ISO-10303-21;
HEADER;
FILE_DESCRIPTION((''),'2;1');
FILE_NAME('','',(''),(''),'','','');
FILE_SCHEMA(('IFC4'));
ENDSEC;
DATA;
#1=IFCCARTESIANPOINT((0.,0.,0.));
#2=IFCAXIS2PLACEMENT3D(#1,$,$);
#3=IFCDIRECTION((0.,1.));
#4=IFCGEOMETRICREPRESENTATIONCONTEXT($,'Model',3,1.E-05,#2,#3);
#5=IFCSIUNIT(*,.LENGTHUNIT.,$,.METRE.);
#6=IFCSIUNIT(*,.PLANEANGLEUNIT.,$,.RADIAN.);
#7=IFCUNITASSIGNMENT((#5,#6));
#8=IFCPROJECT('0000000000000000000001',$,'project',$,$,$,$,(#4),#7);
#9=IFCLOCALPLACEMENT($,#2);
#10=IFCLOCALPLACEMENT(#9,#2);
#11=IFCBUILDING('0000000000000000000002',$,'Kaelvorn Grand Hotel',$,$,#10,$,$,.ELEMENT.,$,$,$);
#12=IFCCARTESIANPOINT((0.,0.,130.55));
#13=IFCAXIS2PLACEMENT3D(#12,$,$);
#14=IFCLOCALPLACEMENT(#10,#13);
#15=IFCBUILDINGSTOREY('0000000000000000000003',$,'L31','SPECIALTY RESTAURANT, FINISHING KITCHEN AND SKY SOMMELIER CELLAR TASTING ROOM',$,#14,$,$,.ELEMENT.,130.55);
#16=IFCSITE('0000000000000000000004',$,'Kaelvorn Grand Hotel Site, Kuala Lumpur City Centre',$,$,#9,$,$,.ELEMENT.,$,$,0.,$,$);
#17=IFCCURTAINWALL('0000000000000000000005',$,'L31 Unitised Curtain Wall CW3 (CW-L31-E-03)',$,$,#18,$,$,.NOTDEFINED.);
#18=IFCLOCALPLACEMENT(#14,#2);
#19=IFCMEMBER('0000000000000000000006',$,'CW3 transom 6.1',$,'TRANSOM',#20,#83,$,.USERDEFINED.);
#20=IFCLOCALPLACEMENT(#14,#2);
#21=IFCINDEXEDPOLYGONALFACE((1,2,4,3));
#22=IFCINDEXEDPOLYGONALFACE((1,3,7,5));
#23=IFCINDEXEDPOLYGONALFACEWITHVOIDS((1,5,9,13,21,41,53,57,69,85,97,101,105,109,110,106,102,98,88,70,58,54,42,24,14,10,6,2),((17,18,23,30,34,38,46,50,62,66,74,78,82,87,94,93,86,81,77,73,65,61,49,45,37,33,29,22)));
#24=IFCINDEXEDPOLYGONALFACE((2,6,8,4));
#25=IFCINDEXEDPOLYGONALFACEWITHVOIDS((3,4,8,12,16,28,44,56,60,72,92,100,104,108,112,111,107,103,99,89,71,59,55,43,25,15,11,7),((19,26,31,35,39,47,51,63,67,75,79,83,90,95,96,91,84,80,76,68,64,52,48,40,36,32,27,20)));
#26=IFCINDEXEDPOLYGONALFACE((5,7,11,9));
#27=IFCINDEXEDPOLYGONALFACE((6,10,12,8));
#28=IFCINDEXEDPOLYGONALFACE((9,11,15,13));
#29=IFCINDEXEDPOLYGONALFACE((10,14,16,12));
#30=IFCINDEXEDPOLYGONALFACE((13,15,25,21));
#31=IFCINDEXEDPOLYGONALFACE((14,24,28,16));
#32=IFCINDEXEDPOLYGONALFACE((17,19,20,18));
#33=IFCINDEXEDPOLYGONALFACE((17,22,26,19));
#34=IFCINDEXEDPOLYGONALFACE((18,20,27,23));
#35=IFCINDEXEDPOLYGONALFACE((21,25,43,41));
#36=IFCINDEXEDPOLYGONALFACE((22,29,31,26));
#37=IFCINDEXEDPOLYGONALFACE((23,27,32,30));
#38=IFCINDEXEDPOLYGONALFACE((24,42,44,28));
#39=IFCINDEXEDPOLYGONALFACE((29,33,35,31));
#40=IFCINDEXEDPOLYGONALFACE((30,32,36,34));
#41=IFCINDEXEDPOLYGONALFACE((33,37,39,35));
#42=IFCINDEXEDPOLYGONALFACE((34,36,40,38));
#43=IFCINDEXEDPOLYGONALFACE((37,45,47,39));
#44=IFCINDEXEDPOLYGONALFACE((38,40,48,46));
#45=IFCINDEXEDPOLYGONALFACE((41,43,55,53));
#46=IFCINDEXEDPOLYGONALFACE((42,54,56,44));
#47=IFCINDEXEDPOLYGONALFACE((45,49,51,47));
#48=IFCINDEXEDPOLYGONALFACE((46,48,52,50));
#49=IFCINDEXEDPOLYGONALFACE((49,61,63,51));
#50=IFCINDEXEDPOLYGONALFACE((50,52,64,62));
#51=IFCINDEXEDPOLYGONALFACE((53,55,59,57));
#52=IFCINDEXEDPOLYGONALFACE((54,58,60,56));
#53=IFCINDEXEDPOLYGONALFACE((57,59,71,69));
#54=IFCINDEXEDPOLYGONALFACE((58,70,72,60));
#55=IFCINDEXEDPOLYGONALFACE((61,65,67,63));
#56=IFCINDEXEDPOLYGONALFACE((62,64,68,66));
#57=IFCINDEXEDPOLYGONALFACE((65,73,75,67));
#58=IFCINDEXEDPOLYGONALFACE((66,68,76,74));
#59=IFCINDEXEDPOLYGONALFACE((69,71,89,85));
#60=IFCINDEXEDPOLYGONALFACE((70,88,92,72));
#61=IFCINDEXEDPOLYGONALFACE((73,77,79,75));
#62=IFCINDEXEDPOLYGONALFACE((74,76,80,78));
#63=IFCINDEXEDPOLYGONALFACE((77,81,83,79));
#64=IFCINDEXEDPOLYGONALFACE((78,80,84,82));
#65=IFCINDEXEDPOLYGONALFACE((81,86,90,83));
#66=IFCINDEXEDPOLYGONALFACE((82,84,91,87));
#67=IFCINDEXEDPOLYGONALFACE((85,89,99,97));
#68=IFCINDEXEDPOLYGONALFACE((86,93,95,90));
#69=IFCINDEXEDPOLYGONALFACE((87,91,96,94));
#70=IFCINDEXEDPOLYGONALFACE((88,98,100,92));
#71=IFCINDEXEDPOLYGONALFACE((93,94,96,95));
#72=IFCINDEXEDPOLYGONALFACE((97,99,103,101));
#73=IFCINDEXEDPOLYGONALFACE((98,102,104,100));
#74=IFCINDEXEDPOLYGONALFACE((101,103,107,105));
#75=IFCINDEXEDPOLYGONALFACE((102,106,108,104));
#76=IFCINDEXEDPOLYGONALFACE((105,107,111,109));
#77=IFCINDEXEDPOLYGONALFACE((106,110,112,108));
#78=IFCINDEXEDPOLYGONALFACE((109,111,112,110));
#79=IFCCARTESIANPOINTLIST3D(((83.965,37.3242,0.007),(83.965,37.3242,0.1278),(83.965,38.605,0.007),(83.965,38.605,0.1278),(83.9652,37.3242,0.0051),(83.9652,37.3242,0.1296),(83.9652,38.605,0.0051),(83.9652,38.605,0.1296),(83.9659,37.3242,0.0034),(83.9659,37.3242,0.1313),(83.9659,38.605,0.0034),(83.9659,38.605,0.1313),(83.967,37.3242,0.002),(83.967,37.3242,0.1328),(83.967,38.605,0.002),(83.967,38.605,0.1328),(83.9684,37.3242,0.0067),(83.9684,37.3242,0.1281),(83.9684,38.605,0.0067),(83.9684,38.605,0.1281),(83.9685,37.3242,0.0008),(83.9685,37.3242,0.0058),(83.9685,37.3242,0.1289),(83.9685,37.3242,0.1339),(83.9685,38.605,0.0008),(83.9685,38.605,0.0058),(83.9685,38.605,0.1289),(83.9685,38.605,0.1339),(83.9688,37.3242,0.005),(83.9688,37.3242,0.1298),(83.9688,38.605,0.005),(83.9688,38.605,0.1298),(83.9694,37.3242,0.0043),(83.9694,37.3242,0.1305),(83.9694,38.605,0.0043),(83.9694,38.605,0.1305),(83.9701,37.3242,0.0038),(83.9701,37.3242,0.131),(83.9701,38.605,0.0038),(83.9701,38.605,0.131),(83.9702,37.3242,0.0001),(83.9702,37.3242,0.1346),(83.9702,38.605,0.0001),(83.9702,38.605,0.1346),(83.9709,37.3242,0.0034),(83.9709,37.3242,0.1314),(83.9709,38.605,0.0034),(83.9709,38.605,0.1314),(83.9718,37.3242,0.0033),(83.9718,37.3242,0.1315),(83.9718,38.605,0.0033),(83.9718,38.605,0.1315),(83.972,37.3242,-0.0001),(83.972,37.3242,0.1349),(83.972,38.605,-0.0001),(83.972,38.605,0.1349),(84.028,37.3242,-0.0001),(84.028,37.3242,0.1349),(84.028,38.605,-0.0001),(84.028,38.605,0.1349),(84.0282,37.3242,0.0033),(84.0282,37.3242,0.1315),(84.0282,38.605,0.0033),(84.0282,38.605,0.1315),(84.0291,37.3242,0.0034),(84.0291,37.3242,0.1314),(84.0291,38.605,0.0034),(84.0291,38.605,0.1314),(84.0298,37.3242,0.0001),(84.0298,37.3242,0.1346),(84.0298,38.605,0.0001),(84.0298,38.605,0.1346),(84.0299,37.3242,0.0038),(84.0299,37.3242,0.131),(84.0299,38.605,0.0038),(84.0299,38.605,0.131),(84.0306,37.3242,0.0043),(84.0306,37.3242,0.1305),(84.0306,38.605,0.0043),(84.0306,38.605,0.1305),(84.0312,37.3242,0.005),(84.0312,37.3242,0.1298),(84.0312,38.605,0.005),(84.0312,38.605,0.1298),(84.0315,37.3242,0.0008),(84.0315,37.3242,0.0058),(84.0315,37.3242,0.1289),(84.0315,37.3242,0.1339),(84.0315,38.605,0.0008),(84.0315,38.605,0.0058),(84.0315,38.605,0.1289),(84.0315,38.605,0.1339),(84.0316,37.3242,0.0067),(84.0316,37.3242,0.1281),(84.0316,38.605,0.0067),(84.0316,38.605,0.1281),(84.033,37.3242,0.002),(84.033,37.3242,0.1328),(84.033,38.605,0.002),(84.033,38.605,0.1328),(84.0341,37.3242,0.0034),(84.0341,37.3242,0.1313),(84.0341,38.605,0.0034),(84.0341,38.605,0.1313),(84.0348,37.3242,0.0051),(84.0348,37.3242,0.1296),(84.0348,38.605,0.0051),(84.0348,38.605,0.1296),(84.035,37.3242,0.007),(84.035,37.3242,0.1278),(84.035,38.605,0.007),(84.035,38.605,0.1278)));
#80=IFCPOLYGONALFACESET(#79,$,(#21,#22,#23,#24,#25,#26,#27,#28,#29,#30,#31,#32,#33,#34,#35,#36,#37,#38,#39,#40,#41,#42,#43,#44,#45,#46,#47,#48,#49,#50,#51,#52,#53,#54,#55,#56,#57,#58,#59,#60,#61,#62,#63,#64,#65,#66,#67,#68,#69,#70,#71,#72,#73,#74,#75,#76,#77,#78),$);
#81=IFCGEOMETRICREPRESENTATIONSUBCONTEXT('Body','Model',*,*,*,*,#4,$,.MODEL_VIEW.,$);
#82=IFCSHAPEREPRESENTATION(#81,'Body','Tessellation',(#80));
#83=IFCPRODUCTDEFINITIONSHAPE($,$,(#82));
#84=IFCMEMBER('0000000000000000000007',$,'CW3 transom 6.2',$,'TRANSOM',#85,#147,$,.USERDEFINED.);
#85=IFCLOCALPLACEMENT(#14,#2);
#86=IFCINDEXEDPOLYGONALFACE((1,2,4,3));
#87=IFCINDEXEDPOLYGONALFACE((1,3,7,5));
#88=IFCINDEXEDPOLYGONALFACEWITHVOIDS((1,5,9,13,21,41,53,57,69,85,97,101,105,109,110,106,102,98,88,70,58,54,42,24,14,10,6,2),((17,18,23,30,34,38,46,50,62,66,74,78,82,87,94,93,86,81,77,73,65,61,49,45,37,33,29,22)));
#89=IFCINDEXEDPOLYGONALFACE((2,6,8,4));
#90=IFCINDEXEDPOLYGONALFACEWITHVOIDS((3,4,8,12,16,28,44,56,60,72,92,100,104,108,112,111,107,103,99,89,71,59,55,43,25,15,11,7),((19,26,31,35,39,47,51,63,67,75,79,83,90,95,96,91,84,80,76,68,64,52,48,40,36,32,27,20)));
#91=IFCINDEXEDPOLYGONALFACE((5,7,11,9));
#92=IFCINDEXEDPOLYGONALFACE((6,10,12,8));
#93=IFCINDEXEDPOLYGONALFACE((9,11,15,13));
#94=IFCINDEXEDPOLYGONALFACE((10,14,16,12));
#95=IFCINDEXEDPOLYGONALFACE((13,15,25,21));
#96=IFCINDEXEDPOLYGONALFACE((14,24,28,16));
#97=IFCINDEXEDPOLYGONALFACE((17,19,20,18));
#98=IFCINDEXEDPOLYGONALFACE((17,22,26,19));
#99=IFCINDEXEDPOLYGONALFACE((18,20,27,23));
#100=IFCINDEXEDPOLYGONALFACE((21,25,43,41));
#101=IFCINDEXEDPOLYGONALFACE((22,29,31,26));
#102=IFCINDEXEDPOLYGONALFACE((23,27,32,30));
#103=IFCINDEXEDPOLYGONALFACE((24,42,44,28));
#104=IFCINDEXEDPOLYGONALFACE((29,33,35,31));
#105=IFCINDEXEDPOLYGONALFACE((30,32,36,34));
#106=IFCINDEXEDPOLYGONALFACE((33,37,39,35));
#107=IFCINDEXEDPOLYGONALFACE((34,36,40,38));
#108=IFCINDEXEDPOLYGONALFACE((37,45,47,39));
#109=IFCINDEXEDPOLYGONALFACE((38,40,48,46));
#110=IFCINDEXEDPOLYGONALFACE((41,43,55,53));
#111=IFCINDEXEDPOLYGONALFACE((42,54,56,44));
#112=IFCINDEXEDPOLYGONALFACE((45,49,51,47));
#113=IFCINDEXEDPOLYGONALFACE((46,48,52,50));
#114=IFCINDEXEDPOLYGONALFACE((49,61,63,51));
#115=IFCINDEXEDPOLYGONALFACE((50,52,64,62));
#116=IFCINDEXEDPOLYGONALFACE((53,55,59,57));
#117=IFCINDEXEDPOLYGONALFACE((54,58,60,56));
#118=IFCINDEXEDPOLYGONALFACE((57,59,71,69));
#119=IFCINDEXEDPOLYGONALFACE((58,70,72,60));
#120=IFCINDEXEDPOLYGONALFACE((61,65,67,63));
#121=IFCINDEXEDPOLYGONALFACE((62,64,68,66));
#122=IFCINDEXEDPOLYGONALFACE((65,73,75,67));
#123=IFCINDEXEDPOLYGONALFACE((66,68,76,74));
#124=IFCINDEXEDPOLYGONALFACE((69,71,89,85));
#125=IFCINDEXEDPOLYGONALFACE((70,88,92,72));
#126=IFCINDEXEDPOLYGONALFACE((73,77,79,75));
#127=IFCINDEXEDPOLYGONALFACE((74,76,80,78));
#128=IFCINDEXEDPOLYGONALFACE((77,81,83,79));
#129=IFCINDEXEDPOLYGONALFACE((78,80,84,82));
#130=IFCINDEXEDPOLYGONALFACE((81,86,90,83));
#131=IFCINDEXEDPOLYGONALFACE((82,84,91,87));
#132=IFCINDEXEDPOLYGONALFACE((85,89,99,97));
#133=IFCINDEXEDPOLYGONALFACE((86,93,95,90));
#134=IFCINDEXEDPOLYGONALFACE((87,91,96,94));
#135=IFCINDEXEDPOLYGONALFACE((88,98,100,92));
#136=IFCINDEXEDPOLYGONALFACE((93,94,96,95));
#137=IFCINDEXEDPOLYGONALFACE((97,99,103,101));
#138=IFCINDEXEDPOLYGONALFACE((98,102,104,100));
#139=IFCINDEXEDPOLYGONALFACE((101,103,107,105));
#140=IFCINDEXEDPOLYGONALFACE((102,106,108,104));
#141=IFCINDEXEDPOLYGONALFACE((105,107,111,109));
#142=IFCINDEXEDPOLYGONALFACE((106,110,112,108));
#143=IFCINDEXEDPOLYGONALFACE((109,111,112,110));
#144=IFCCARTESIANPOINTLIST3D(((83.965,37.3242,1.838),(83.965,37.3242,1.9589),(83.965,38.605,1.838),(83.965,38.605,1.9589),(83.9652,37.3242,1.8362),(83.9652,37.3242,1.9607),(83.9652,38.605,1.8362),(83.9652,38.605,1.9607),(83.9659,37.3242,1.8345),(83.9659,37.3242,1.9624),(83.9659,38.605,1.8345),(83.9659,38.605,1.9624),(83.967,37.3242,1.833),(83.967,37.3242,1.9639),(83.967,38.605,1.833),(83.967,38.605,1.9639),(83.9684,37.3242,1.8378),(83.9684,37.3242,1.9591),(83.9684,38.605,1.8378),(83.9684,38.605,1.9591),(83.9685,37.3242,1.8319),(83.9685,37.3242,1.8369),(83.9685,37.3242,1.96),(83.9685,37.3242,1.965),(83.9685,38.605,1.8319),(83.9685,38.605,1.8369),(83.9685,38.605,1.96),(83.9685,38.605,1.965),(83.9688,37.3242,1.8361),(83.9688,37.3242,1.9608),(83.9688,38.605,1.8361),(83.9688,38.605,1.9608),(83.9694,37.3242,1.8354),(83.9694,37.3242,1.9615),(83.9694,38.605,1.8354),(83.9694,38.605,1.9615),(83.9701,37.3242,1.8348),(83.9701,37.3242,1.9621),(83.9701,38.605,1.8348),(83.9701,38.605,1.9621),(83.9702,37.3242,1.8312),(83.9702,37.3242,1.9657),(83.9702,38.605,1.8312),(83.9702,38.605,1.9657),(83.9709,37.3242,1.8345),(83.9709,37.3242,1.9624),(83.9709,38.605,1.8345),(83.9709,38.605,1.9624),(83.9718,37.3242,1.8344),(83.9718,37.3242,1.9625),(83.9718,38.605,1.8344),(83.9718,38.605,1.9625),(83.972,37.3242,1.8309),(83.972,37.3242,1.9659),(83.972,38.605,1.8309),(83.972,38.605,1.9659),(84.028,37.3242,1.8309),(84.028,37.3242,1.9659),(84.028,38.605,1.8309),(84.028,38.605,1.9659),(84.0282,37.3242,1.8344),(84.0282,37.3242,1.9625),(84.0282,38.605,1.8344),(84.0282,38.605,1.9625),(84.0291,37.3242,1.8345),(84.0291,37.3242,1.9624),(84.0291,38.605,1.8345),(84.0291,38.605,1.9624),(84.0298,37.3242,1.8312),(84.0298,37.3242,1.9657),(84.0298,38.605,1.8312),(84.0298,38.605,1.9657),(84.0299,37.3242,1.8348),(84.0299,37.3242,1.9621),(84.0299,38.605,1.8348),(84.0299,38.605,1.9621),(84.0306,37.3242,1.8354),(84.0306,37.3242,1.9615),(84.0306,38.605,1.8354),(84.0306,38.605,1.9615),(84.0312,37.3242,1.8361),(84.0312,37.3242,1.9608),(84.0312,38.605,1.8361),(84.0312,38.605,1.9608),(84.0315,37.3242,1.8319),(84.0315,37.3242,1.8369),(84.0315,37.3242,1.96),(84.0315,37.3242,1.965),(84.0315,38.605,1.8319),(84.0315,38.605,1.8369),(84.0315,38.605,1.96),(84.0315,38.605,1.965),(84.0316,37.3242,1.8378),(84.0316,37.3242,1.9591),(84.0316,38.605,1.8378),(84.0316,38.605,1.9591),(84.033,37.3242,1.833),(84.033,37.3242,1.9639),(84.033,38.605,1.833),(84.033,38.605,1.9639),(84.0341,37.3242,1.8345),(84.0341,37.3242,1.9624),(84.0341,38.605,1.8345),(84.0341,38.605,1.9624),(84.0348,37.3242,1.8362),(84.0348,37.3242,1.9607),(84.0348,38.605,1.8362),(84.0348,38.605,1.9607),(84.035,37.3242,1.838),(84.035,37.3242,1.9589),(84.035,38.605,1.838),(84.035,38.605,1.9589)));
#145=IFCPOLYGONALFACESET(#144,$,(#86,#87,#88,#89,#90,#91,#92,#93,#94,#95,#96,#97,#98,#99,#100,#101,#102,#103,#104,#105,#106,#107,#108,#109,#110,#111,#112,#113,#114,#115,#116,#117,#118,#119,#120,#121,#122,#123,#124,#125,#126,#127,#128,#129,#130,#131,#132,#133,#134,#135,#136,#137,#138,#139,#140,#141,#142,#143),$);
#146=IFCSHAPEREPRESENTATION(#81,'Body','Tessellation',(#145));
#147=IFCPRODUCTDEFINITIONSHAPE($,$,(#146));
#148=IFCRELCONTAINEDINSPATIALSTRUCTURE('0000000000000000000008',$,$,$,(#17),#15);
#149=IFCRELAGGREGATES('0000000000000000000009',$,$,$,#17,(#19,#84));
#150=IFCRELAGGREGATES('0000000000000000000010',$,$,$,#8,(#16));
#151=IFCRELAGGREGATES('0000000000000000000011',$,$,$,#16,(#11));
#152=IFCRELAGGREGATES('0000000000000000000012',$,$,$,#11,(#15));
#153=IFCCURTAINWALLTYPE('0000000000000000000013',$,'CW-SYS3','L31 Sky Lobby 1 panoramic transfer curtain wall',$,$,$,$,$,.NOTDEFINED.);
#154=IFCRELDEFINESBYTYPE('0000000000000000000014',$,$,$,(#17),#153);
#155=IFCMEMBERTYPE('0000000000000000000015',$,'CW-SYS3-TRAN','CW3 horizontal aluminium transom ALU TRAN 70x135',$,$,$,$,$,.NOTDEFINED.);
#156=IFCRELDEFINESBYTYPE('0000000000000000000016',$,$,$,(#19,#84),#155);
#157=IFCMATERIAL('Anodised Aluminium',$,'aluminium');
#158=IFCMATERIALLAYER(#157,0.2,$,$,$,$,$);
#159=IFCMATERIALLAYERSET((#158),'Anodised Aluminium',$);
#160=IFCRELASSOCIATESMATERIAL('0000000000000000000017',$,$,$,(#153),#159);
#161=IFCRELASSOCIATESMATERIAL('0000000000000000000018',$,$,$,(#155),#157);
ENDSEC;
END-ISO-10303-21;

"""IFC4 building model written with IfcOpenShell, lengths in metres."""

from ifc_helpers import new_model, si_unit, direction, frame, origin, origin_2d, place, context, subcontext, project, spatial, hollow_rectangle, extrude, material, layer, layer_set, material_profile, profile_set, type_object, element, aggregate, save


model = new_model("IFC4")

# Units and contexts
model_context = context("Model", 3, precision=1e-05, world=origin(), true_north=direction((0.0, 1.0)))
body_context = subcontext(model_context, "Body", "Model", "MODEL_VIEW")
ifc_project = project(units=[si_unit("LENGTHUNIT", "METRE"), si_unit("PLANEANGLEUNIT", "RADIAN")], contexts=[model_context])

# Site, building, storey
site_placement = place(None, origin())
site = spatial("IfcSite", under=ifc_project, at=site_placement, Name="Kaelvorn Grand Hotel Site, Kuala Lumpur City Centre", CompositionType="ELEMENT", RefElevation=0.0)
building_placement = place(site_placement, origin())
building = spatial("IfcBuilding", under=site, at=building_placement, Name="Kaelvorn Grand Hotel", CompositionType="ELEMENT")
storey_placement = place(building_placement, frame((0.0, 0.0, 130.55)))
storey = spatial("IfcBuildingStorey", under=building, at=storey_placement, Name="L31", Description="SPECIALTY RESTAURANT, FINISHING KITCHEN AND SKY SOMMELIER CELLAR TASTING ROOM", CompositionType="ELEMENT", Elevation=130.55)

# Curtain wall, members
ifc_material_1 = material(Name="Anodised Aluminium", Category="aluminium")
ifc_layer_1 = layer(ifc_material_1, 0.2)
ifc_layer_set_1 = layer_set([ifc_layer_1], Name="Anodised Aluminium")
curtain_wall_type = type_object("IfcCurtainWallType", Name="CW-SYS3", Description="L31 Sky Lobby 1 panoramic transfer curtain wall", PredefinedType="NOTDEFINED", material=ifc_layer_set_1)
curtain_wall_placement = place(storey_placement, origin())
curtain_wall = element("IfcCurtainWall", 1, at=curtain_wall_placement, inside=storey, type_object=curtain_wall_type, Name="L31 Unitised Curtain Wall CW3 (CW-L31-E-03)", PredefinedType="NOTDEFINED")
ifc_material_profile_1 = material_profile(ifc_material_1, hollow_rectangle(XDim=0.0701, YDim=0.135, WallThickness=0.0034, InnerFilletRadius=0.0034, OuterFilletRadius=0.0071, at=origin_2d()), Name="ALU TRAN 70x135")
ifc_profile_set_1 = profile_set([ifc_material_profile_1], Name="Anodised Aluminium")
member_type_1 = type_object("IfcMemberType", Name="CW-SYS3-TRAN", Description="CW3 horizontal aluminium transom ALU TRAN 70x135", PredefinedType="NOTDEFINED", material=ifc_profile_set_1)
member_1_placement = place(storey_placement, frame((84.0, 37.3242, 0.0674), z_axis=(0.0, 1.0, 0.0), x_axis=(-1.0, 0.0, 0.0)))
member_1 = element("IfcMember", 2, at=member_1_placement, type_object=member_type_1, Name="CW3 transom 6.1", ObjectType="TRANSOM", PredefinedType="USERDEFINED", context=body_context, shape_type="SweptSolid", body=[
    extrude(hollow_rectangle(XDim=0.0701, YDim=0.135, WallThickness=0.0034, InnerFilletRadius=0.0034, OuterFilletRadius=0.0071, at=origin_2d()), origin(), (0.0, 0.0, 1.0), 1.2808),
])
member_2_placement = place(storey_placement, frame((84.0, 37.3242, 1.8984), z_axis=(0.0, 1.0, 0.0), x_axis=(-1.0, 0.0, 0.0)))
member_2 = element("IfcMember", 3, at=member_2_placement, type_object=member_type_1, Name="CW3 transom 6.2", ObjectType="TRANSOM", PredefinedType="USERDEFINED", context=body_context, shape_type="SweptSolid", body=[
    extrude(hollow_rectangle(XDim=0.0701, YDim=0.135, WallThickness=0.0034, InnerFilletRadius=0.0034, OuterFilletRadius=0.0071, at=origin_2d()), origin(), (0.0, 0.0, 1.0), 1.2808),
])
aggregate(curtain_wall, [member_1, member_2])

save(model, "model.ifc")
